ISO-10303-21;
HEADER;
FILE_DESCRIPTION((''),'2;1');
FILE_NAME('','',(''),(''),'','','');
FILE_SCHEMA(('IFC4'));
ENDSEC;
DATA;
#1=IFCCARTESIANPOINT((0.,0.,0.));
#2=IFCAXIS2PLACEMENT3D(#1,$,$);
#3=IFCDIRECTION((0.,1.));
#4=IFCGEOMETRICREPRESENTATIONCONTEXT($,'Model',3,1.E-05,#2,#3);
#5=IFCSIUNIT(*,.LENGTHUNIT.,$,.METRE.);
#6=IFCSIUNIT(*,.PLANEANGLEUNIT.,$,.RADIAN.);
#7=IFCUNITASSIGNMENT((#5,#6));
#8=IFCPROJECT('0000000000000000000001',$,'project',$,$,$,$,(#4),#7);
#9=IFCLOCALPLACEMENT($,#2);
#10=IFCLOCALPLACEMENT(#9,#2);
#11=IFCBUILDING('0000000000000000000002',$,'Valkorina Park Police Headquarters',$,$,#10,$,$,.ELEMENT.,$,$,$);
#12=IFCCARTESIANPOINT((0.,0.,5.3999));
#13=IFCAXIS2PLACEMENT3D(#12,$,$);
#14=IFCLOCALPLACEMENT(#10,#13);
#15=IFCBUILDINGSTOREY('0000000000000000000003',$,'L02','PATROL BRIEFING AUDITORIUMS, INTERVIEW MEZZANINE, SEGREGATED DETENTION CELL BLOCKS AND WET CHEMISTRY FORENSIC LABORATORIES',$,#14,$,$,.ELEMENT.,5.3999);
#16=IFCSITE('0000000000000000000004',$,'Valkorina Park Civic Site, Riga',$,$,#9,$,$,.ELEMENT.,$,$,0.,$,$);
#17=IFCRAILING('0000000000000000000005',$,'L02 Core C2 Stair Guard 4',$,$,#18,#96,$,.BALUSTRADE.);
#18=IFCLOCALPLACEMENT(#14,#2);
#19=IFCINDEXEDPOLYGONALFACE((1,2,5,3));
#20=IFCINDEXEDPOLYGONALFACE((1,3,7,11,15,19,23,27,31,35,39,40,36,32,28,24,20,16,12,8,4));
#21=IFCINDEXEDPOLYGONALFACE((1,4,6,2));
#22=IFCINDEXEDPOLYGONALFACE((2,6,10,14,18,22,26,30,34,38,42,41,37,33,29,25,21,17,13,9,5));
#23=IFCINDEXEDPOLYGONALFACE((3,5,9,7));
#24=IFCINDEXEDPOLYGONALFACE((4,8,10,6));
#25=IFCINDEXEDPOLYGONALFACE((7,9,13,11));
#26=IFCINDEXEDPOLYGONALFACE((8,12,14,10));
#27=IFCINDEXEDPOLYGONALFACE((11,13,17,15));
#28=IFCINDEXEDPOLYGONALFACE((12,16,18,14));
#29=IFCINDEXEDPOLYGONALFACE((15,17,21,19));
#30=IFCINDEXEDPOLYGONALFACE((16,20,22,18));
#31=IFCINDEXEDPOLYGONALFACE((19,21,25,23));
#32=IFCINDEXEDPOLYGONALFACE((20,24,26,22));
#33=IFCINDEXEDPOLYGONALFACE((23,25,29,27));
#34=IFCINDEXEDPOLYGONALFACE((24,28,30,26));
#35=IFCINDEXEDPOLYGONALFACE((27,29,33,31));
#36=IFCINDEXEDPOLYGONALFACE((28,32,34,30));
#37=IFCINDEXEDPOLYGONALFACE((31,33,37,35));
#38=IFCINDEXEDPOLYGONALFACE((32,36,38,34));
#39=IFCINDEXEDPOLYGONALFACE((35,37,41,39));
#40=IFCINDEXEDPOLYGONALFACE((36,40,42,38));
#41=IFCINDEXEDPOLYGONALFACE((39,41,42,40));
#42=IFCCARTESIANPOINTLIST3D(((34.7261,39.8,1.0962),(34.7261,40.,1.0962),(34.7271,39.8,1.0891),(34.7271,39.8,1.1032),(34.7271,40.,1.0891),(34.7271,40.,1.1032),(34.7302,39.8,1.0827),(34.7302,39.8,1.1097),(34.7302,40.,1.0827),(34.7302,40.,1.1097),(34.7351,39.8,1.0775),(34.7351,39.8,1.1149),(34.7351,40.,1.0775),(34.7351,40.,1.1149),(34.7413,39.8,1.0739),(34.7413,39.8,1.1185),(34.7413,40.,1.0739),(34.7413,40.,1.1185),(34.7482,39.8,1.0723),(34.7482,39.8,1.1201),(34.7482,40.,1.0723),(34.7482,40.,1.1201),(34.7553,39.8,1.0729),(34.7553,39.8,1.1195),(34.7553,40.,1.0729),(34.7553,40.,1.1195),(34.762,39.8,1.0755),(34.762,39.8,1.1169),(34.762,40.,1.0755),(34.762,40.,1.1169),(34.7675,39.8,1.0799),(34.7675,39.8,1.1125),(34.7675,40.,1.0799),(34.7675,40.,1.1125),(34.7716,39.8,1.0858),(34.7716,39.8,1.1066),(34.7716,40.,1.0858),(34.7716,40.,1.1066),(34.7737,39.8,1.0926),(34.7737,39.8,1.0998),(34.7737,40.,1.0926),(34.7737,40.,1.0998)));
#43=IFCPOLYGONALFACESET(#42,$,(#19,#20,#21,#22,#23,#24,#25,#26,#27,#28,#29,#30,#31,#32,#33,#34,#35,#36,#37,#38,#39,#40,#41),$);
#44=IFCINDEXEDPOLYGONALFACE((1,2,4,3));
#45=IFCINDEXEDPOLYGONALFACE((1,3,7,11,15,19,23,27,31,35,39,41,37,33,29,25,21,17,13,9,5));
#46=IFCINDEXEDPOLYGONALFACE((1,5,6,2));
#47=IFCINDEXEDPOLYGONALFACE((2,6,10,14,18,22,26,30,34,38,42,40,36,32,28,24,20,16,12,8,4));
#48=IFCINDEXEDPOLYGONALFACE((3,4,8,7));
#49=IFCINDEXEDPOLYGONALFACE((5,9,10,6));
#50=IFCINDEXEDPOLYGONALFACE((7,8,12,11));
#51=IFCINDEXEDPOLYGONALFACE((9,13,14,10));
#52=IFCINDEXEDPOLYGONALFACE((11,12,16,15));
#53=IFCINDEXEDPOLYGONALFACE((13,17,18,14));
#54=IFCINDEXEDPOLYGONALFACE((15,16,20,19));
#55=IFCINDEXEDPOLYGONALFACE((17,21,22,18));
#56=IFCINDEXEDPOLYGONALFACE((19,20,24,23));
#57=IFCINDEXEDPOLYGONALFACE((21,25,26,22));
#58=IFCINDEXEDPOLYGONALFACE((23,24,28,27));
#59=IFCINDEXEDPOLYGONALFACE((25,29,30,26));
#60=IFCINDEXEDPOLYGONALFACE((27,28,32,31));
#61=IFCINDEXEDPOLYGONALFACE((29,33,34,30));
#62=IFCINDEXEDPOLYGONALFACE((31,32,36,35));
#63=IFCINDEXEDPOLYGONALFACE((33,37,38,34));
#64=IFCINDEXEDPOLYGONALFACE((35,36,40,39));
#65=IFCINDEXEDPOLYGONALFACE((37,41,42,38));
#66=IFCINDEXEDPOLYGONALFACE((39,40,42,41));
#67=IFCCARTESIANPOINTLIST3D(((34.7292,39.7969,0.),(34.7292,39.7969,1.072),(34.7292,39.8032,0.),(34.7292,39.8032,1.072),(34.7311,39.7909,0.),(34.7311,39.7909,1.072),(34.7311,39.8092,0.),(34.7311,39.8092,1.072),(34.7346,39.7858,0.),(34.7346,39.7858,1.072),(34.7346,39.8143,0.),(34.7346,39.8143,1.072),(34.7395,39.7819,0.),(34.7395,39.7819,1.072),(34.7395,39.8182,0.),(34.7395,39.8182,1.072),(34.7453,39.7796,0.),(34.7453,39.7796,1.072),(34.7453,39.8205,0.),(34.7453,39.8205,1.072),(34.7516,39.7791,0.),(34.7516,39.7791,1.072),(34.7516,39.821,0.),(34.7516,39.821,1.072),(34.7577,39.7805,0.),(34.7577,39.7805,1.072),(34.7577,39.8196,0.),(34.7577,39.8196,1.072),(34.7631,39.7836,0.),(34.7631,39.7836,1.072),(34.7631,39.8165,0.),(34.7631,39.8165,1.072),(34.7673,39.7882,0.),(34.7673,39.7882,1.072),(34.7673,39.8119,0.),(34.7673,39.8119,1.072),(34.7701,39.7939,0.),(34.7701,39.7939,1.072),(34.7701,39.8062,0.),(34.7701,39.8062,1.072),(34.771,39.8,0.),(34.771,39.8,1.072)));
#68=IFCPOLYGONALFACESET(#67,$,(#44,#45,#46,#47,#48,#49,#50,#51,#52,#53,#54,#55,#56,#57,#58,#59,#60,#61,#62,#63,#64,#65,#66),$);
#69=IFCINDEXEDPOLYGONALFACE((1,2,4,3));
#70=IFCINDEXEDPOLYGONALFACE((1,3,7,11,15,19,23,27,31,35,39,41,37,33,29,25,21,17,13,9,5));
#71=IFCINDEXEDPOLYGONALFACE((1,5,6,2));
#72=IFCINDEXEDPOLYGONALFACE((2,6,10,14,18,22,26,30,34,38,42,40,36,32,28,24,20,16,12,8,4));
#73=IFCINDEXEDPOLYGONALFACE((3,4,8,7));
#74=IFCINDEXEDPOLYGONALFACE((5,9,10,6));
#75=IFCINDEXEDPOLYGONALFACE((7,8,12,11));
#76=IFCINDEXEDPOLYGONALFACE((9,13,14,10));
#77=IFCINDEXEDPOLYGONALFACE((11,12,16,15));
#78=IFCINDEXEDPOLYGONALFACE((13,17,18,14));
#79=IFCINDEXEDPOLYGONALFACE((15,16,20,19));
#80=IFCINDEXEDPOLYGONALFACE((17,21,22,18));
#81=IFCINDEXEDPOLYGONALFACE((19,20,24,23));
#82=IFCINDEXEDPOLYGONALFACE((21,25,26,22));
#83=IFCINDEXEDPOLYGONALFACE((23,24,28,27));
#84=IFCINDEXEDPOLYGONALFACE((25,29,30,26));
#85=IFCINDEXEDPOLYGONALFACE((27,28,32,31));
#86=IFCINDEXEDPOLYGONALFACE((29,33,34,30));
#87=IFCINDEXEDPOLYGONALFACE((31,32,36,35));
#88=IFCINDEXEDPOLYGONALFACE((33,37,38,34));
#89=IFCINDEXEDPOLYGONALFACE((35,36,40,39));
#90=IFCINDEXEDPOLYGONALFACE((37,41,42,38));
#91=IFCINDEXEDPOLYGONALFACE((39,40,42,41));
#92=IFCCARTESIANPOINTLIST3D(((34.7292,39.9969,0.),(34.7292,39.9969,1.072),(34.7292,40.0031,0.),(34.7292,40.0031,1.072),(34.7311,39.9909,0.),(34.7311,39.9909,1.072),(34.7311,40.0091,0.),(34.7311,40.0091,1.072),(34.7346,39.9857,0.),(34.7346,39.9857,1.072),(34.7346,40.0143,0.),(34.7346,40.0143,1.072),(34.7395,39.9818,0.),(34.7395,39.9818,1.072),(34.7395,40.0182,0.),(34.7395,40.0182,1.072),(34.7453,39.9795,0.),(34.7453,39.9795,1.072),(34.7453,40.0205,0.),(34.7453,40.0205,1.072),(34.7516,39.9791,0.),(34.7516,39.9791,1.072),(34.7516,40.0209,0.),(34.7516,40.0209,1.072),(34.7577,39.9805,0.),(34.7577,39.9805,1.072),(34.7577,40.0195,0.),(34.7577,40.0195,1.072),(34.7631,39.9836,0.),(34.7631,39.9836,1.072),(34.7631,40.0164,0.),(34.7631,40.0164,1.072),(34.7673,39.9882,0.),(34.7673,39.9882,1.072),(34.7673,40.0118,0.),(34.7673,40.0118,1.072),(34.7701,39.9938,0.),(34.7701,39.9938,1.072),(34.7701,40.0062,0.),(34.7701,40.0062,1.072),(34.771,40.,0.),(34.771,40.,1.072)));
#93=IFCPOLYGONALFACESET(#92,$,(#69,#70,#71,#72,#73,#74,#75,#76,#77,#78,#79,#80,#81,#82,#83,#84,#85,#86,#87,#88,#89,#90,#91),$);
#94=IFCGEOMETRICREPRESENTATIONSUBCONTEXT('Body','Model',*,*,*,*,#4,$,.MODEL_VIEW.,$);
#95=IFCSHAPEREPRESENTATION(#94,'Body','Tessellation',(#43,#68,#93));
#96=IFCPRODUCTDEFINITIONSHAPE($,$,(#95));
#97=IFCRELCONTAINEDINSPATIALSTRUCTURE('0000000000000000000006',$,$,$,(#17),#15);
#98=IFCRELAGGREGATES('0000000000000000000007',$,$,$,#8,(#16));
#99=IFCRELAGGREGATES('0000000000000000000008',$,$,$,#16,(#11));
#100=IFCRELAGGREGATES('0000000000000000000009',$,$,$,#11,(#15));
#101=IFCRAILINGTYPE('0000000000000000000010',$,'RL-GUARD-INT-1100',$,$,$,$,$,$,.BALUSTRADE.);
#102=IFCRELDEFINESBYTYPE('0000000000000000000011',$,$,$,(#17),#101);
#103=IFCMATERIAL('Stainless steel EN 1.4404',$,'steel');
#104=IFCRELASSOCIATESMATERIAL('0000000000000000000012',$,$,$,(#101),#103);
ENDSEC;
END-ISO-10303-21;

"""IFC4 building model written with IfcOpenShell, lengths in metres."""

from ifc_helpers import new_model, si_unit, direction, frame, origin, origin_2d, place, context, subcontext, project, spatial, circle, extrude, material, type_object, element, save


model = new_model("IFC4")

# Units and contexts
model_context = context("Model", 3, precision=1e-05, world=origin(), true_north=direction((0.0, 1.0)))
body_context = subcontext(model_context, "Body", "Model", "MODEL_VIEW")
ifc_project = project(units=[si_unit("LENGTHUNIT", "METRE"), si_unit("PLANEANGLEUNIT", "RADIAN")], contexts=[model_context])

# Site, building, storey
site_placement = place(None, origin())
site = spatial("IfcSite", under=ifc_project, at=site_placement, Name="Valkorina Park Civic Site, Riga", CompositionType="ELEMENT", RefElevation=0.0)
building_placement = place(site_placement, origin())
building = spatial("IfcBuilding", under=site, at=building_placement, Name="Valkorina Park Police Headquarters", CompositionType="ELEMENT")
storey_placement = place(building_placement, frame((0.0, 0.0, 5.3999)))
storey = spatial("IfcBuildingStorey", under=building, at=storey_placement, Name="L02", Description="PATROL BRIEFING AUDITORIUMS, INTERVIEW MEZZANINE, SEGREGATED DETENTION CELL BLOCKS AND WET CHEMISTRY FORENSIC LABORATORIES", CompositionType="ELEMENT", Elevation=5.3999)

# Railing
ifc_material_1 = material(Name="Stainless steel EN 1.4404", Category="steel")
railing_type_1 = type_object("IfcRailingType", Name="RL-GUARD-INT-1100", PredefinedType="BALUSTRADE", material=ifc_material_1)
railing_1_placement = place(storey_placement, frame((34.75, 39.8, 0.0)))
element("IfcRailing", 1, at=railing_1_placement, inside=storey, type_object=railing_type_1, Name="L02 Core C2 Stair Guard 4", PredefinedType="BALUSTRADE", context=body_context, shape_type="SweptSolid", body=[
    extrude(circle(Radius=0.0239, at=origin_2d()), frame((0.0, 0.0, 1.0962), z_axis=(0.0, 1.0, 0.0), x_axis=(-1.0, 0.0, 0.0)), (0.0, 0.0, 1.0), 0.2),
    extrude(circle(Radius=0.021, at=origin_2d()), origin(), (0.0, 0.0, 1.0), 1.072),
    extrude(circle(Radius=0.021, at=origin_2d()), frame((0.0, 0.2, 0.0)), (0.0, 0.0, 1.0), 1.072),
])

save(model, "model.ifc")
